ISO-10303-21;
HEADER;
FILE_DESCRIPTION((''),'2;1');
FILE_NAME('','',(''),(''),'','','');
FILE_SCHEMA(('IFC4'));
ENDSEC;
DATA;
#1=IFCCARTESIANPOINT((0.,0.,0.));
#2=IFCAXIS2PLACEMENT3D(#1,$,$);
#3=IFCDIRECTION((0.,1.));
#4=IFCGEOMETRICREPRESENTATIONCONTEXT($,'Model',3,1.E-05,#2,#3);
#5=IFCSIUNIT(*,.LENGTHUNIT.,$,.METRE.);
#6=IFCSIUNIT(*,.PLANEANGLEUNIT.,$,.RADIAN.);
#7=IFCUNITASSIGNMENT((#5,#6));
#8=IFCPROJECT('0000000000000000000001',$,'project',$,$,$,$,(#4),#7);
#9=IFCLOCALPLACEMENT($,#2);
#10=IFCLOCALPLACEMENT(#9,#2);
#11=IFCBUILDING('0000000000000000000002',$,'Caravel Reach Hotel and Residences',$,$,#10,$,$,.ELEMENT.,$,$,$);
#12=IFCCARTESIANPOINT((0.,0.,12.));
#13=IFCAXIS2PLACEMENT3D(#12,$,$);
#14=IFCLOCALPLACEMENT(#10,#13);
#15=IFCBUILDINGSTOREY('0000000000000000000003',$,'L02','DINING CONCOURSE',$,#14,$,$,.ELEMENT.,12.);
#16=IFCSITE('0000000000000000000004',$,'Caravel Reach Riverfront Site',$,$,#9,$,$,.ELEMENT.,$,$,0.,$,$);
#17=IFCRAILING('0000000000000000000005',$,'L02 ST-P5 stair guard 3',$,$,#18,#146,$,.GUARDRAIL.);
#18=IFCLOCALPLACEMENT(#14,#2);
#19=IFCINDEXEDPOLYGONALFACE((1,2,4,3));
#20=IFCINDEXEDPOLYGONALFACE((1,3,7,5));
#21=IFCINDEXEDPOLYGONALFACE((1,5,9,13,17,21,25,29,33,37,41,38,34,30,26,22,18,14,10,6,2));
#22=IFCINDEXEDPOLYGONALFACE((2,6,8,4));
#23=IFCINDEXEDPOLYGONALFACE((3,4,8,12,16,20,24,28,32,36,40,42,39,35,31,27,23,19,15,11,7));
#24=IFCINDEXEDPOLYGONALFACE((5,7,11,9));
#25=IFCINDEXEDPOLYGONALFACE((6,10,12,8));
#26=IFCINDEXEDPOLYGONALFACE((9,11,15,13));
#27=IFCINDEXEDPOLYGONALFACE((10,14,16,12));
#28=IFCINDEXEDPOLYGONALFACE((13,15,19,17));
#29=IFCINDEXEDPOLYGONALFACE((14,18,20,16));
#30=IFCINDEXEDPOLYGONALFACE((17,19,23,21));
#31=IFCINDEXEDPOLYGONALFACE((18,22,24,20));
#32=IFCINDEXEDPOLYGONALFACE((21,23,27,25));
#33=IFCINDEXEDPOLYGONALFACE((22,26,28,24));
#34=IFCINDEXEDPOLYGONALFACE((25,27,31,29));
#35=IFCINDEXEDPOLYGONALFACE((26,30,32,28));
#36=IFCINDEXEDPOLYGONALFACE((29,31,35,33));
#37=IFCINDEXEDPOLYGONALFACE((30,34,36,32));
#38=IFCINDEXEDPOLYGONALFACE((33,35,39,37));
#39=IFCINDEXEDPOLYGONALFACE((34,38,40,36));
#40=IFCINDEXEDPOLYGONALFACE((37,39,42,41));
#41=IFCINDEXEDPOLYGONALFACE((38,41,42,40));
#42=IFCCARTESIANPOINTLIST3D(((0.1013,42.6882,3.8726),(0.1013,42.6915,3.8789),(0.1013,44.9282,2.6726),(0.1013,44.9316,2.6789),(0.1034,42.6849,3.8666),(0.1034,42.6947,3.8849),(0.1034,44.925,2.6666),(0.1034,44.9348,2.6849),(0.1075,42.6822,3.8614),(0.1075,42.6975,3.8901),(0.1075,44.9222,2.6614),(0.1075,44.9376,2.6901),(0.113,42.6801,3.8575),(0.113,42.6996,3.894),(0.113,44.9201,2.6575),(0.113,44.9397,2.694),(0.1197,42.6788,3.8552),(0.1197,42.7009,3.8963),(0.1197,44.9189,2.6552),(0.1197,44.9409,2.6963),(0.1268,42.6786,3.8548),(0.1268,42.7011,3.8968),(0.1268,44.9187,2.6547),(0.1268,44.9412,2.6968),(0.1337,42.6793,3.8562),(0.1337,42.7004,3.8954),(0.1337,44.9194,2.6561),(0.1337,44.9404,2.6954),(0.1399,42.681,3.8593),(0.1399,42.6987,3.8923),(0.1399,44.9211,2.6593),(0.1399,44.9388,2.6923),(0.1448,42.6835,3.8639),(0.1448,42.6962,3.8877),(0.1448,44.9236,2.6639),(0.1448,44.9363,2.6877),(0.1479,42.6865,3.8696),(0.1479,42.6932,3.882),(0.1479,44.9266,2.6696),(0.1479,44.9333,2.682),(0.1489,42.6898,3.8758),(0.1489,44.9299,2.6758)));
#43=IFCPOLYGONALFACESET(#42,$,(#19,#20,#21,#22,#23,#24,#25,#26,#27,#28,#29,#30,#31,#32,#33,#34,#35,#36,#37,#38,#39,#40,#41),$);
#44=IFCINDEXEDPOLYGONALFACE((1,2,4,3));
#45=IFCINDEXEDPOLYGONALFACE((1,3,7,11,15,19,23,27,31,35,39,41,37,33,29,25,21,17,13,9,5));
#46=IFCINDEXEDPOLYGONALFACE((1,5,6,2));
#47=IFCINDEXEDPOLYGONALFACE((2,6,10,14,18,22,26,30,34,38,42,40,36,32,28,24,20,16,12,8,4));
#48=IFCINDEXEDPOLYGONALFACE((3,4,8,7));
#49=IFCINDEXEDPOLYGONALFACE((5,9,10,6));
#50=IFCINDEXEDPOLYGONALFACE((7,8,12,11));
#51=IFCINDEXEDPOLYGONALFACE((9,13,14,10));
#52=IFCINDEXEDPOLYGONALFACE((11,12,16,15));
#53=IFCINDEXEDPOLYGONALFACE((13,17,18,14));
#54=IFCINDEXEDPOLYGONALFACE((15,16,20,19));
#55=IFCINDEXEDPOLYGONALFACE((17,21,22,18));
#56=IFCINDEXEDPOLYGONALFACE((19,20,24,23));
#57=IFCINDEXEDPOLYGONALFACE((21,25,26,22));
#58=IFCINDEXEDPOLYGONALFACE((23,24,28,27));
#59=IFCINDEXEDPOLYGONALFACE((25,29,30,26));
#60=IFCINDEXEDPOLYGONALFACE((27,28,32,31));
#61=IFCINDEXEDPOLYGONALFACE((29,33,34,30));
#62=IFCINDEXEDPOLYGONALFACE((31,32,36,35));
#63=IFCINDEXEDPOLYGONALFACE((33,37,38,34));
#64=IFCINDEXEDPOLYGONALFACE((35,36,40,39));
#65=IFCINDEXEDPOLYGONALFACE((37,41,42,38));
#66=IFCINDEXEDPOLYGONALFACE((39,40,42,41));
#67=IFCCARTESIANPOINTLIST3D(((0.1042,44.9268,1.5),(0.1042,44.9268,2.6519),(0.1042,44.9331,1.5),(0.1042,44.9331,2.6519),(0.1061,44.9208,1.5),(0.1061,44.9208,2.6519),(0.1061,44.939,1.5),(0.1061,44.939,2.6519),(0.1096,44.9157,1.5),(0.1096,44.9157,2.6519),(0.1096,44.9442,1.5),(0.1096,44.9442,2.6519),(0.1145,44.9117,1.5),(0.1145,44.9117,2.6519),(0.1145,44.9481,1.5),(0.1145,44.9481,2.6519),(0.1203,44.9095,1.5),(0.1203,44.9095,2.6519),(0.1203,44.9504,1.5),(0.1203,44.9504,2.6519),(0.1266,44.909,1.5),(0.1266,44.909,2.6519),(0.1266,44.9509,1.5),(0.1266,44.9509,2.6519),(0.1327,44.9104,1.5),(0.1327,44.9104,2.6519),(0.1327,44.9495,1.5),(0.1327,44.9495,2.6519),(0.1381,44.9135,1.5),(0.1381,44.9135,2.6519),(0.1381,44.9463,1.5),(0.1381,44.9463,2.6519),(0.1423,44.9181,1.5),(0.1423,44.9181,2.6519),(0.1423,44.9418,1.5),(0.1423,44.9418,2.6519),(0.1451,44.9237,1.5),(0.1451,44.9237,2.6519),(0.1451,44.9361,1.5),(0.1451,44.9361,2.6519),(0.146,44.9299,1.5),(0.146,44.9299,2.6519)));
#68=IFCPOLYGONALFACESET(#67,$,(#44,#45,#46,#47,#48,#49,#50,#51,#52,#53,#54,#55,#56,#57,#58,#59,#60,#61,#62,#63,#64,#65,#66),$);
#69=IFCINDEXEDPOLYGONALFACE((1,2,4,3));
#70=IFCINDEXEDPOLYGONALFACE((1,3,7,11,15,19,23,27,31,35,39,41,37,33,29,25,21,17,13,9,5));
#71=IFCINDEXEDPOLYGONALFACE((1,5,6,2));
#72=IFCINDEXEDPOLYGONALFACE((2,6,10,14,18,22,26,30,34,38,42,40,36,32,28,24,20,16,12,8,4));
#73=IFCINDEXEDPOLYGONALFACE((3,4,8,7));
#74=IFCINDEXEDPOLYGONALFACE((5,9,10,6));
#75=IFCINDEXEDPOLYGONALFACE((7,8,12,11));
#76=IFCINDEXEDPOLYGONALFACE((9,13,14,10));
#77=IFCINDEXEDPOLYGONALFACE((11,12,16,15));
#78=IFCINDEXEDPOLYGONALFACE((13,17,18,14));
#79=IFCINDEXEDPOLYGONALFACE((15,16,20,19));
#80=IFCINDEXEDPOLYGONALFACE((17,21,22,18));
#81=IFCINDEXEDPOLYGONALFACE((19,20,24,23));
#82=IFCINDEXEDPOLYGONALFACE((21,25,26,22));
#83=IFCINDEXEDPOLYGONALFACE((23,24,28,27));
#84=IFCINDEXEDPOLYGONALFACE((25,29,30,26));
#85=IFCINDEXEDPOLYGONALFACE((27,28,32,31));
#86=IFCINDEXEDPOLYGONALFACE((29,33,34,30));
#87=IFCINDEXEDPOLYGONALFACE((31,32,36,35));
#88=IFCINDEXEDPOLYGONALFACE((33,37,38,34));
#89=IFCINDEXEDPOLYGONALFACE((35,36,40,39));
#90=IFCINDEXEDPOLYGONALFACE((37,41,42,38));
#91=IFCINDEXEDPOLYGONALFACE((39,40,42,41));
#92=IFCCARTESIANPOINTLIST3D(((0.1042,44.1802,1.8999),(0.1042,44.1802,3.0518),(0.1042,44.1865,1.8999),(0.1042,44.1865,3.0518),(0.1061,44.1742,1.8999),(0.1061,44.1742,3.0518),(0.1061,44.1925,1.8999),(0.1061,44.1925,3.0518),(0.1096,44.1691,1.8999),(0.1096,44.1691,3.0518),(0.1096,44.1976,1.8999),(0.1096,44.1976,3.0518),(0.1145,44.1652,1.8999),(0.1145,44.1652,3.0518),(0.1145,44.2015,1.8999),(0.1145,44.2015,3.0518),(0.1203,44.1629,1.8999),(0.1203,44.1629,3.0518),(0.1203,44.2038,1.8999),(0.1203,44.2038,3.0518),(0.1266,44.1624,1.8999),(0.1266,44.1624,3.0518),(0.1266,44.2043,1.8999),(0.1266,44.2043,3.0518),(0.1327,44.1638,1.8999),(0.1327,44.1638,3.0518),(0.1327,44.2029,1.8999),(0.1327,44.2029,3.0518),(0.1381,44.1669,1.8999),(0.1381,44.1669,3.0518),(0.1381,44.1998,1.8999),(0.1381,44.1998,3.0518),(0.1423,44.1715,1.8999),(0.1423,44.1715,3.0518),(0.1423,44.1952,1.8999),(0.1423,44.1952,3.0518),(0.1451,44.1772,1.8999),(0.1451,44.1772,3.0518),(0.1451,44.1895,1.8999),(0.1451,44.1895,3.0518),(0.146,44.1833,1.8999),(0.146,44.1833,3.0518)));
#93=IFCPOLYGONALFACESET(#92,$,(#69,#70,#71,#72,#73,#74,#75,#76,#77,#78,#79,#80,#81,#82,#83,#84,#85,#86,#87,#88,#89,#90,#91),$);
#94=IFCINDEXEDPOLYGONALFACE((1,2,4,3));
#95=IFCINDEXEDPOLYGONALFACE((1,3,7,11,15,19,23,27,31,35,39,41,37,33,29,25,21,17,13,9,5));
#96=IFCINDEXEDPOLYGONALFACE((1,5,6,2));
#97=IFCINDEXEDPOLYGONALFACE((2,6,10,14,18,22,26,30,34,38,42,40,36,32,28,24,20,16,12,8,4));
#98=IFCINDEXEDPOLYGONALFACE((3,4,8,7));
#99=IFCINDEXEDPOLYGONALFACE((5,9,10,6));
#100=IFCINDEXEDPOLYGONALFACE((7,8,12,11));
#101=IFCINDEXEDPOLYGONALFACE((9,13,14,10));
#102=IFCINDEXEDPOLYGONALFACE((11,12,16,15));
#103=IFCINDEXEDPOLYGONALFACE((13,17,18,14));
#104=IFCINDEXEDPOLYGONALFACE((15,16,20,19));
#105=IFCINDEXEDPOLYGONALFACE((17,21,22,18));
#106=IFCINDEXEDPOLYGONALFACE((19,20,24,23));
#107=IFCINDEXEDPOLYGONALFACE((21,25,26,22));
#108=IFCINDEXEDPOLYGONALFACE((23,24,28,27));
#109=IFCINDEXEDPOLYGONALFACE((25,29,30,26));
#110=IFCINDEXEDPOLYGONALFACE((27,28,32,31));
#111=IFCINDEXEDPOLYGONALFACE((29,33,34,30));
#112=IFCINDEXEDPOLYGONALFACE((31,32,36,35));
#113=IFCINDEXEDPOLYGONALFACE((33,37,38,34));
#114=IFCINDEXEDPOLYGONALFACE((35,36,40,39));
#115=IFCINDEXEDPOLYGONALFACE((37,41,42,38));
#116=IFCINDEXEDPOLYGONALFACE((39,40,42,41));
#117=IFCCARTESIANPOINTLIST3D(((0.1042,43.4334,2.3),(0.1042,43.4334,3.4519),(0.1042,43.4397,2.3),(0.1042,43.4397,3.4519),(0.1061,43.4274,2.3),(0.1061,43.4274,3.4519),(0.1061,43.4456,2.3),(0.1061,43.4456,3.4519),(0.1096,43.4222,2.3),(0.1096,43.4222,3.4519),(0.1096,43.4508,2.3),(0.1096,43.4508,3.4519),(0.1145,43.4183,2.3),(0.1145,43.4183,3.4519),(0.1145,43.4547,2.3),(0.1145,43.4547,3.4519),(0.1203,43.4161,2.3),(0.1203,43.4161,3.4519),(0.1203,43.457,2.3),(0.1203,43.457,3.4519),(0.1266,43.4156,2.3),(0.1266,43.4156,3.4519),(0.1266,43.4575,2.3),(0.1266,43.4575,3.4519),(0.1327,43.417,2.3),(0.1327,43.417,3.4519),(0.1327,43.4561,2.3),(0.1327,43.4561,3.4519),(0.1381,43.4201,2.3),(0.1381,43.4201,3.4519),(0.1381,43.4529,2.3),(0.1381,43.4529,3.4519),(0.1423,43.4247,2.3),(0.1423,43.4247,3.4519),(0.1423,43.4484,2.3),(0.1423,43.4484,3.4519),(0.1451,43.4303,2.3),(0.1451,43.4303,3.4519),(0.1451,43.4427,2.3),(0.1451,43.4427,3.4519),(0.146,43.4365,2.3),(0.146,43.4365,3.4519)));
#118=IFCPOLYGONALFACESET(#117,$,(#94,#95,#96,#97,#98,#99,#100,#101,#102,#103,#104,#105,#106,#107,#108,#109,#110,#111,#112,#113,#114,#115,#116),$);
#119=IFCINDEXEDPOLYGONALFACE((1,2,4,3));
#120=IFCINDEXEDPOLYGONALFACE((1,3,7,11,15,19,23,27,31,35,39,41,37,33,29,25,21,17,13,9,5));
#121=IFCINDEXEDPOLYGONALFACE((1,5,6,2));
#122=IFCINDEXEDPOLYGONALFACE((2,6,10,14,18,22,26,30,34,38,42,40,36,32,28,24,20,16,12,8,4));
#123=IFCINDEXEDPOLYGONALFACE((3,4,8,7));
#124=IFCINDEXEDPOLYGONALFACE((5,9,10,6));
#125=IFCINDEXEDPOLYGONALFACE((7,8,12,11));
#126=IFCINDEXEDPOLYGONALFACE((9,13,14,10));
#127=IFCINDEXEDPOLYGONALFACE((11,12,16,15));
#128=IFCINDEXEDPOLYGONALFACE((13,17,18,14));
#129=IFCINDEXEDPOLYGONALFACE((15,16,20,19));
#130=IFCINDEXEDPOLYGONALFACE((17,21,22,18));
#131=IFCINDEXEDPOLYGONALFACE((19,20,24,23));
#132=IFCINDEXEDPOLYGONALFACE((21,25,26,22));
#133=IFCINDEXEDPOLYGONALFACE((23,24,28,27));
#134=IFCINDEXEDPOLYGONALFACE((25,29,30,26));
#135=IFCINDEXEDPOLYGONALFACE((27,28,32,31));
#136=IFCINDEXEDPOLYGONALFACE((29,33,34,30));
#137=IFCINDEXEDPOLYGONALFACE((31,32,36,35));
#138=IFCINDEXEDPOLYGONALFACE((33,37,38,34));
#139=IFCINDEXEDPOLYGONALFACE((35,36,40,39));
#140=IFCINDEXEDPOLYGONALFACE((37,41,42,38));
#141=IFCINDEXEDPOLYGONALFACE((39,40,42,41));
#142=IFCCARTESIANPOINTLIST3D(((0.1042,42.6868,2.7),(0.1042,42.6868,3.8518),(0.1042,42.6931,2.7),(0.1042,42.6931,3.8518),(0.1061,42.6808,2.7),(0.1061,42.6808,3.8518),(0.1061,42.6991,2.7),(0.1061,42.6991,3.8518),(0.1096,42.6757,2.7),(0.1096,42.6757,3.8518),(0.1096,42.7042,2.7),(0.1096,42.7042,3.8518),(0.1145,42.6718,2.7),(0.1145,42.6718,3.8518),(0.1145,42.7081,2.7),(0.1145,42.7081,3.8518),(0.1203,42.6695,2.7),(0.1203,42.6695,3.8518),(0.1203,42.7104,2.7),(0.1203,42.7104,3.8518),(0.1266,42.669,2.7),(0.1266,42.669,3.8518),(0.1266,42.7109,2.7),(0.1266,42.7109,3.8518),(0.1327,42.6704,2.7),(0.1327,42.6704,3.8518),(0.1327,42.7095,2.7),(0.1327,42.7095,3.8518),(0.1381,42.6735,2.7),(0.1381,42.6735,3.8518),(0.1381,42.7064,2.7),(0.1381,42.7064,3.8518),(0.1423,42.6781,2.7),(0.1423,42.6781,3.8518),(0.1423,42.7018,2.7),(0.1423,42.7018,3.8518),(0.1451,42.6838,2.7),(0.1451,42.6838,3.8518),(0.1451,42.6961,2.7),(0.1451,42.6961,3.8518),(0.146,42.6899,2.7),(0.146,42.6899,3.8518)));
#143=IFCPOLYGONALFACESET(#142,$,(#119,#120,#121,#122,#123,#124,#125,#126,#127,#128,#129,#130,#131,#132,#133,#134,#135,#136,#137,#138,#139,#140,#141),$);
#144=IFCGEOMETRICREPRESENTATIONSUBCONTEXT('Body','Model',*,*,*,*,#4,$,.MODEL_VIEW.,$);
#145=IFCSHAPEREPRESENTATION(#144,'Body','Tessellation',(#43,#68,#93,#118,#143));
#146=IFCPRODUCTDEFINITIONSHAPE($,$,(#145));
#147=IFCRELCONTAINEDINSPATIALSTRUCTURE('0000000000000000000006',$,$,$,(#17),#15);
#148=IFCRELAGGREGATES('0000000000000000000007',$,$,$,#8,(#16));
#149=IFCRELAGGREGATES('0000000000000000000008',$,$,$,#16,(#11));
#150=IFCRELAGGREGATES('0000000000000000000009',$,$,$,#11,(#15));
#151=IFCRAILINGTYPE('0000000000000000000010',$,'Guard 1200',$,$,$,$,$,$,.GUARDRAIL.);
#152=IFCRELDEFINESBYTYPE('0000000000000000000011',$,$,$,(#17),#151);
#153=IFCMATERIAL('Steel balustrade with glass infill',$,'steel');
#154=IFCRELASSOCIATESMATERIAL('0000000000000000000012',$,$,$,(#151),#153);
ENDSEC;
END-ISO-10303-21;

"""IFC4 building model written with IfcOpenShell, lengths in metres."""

from ifc_helpers import new_model, si_unit, direction, frame, origin, origin_2d, place, context, subcontext, project, spatial, circle, extrude, material, type_object, element, save


model = new_model("IFC4")

# Units and contexts
model_context = context("Model", 3, precision=1e-05, world=origin(), true_north=direction((0.0, 1.0)))
body_context = subcontext(model_context, "Body", "Model", "MODEL_VIEW")
ifc_project = project(units=[si_unit("LENGTHUNIT", "METRE"), si_unit("PLANEANGLEUNIT", "RADIAN")], contexts=[model_context])

# Site, building, storey
site_placement = place(None, origin())
site = spatial("IfcSite", under=ifc_project, at=site_placement, Name="Caravel Reach Riverfront Site", CompositionType="ELEMENT", RefElevation=0.0)
building_placement = place(site_placement, origin())
building = spatial("IfcBuilding", under=site, at=building_placement, Name="Caravel Reach Hotel and Residences", CompositionType="ELEMENT")
storey_placement = place(building_placement, frame((0.0, 0.0, 12.0)))
storey = spatial("IfcBuildingStorey", under=building, at=storey_placement, Name="L02", Description="DINING CONCOURSE", CompositionType="ELEMENT", Elevation=12.0)

# Railing
ifc_material_1 = material(Name="Steel balustrade with glass infill", Category="steel")
railing_type_1 = type_object("IfcRailingType", Name="Guard 1200", PredefinedType="GUARDRAIL", material=ifc_material_1)
railing_1_placement = place(storey_placement, frame((0.125, 44.9299, 1.5)))
element("IfcRailing", 1, at=railing_1_placement, inside=storey, type_object=railing_type_1, Name="L02 ST-P5 stair guard 3", PredefinedType="GUARDRAIL", context=body_context, shape_type="SweptSolid", body=[
    extrude(circle(Radius=0.0239, at=origin_2d()), frame((0.0, 0.0, 1.1758), z_axis=(0.0, -0.881487, 0.472208), x_axis=(1.0, 0.0, 0.0)), (0.0, 0.0, 1.0), 2.5413),
    extrude(circle(Radius=0.021, at=origin_2d()), origin(), (0.0, 0.0, 1.0), 1.1519),
    extrude(circle(Radius=0.021, at=origin_2d()), frame((0.0, -0.7466, 0.3999)), (0.0, 0.0, 1.0), 1.1519),
    extrude(circle(Radius=0.021, at=origin_2d()), frame((0.0, -1.4934, 0.8)), (0.0, 0.0, 1.0), 1.1519),
    extrude(circle(Radius=0.021, at=origin_2d()), frame((0.0, -2.24, 1.2)), (0.0, 0.0, 1.0), 1.1519),
])

save(model, "model.ifc")
